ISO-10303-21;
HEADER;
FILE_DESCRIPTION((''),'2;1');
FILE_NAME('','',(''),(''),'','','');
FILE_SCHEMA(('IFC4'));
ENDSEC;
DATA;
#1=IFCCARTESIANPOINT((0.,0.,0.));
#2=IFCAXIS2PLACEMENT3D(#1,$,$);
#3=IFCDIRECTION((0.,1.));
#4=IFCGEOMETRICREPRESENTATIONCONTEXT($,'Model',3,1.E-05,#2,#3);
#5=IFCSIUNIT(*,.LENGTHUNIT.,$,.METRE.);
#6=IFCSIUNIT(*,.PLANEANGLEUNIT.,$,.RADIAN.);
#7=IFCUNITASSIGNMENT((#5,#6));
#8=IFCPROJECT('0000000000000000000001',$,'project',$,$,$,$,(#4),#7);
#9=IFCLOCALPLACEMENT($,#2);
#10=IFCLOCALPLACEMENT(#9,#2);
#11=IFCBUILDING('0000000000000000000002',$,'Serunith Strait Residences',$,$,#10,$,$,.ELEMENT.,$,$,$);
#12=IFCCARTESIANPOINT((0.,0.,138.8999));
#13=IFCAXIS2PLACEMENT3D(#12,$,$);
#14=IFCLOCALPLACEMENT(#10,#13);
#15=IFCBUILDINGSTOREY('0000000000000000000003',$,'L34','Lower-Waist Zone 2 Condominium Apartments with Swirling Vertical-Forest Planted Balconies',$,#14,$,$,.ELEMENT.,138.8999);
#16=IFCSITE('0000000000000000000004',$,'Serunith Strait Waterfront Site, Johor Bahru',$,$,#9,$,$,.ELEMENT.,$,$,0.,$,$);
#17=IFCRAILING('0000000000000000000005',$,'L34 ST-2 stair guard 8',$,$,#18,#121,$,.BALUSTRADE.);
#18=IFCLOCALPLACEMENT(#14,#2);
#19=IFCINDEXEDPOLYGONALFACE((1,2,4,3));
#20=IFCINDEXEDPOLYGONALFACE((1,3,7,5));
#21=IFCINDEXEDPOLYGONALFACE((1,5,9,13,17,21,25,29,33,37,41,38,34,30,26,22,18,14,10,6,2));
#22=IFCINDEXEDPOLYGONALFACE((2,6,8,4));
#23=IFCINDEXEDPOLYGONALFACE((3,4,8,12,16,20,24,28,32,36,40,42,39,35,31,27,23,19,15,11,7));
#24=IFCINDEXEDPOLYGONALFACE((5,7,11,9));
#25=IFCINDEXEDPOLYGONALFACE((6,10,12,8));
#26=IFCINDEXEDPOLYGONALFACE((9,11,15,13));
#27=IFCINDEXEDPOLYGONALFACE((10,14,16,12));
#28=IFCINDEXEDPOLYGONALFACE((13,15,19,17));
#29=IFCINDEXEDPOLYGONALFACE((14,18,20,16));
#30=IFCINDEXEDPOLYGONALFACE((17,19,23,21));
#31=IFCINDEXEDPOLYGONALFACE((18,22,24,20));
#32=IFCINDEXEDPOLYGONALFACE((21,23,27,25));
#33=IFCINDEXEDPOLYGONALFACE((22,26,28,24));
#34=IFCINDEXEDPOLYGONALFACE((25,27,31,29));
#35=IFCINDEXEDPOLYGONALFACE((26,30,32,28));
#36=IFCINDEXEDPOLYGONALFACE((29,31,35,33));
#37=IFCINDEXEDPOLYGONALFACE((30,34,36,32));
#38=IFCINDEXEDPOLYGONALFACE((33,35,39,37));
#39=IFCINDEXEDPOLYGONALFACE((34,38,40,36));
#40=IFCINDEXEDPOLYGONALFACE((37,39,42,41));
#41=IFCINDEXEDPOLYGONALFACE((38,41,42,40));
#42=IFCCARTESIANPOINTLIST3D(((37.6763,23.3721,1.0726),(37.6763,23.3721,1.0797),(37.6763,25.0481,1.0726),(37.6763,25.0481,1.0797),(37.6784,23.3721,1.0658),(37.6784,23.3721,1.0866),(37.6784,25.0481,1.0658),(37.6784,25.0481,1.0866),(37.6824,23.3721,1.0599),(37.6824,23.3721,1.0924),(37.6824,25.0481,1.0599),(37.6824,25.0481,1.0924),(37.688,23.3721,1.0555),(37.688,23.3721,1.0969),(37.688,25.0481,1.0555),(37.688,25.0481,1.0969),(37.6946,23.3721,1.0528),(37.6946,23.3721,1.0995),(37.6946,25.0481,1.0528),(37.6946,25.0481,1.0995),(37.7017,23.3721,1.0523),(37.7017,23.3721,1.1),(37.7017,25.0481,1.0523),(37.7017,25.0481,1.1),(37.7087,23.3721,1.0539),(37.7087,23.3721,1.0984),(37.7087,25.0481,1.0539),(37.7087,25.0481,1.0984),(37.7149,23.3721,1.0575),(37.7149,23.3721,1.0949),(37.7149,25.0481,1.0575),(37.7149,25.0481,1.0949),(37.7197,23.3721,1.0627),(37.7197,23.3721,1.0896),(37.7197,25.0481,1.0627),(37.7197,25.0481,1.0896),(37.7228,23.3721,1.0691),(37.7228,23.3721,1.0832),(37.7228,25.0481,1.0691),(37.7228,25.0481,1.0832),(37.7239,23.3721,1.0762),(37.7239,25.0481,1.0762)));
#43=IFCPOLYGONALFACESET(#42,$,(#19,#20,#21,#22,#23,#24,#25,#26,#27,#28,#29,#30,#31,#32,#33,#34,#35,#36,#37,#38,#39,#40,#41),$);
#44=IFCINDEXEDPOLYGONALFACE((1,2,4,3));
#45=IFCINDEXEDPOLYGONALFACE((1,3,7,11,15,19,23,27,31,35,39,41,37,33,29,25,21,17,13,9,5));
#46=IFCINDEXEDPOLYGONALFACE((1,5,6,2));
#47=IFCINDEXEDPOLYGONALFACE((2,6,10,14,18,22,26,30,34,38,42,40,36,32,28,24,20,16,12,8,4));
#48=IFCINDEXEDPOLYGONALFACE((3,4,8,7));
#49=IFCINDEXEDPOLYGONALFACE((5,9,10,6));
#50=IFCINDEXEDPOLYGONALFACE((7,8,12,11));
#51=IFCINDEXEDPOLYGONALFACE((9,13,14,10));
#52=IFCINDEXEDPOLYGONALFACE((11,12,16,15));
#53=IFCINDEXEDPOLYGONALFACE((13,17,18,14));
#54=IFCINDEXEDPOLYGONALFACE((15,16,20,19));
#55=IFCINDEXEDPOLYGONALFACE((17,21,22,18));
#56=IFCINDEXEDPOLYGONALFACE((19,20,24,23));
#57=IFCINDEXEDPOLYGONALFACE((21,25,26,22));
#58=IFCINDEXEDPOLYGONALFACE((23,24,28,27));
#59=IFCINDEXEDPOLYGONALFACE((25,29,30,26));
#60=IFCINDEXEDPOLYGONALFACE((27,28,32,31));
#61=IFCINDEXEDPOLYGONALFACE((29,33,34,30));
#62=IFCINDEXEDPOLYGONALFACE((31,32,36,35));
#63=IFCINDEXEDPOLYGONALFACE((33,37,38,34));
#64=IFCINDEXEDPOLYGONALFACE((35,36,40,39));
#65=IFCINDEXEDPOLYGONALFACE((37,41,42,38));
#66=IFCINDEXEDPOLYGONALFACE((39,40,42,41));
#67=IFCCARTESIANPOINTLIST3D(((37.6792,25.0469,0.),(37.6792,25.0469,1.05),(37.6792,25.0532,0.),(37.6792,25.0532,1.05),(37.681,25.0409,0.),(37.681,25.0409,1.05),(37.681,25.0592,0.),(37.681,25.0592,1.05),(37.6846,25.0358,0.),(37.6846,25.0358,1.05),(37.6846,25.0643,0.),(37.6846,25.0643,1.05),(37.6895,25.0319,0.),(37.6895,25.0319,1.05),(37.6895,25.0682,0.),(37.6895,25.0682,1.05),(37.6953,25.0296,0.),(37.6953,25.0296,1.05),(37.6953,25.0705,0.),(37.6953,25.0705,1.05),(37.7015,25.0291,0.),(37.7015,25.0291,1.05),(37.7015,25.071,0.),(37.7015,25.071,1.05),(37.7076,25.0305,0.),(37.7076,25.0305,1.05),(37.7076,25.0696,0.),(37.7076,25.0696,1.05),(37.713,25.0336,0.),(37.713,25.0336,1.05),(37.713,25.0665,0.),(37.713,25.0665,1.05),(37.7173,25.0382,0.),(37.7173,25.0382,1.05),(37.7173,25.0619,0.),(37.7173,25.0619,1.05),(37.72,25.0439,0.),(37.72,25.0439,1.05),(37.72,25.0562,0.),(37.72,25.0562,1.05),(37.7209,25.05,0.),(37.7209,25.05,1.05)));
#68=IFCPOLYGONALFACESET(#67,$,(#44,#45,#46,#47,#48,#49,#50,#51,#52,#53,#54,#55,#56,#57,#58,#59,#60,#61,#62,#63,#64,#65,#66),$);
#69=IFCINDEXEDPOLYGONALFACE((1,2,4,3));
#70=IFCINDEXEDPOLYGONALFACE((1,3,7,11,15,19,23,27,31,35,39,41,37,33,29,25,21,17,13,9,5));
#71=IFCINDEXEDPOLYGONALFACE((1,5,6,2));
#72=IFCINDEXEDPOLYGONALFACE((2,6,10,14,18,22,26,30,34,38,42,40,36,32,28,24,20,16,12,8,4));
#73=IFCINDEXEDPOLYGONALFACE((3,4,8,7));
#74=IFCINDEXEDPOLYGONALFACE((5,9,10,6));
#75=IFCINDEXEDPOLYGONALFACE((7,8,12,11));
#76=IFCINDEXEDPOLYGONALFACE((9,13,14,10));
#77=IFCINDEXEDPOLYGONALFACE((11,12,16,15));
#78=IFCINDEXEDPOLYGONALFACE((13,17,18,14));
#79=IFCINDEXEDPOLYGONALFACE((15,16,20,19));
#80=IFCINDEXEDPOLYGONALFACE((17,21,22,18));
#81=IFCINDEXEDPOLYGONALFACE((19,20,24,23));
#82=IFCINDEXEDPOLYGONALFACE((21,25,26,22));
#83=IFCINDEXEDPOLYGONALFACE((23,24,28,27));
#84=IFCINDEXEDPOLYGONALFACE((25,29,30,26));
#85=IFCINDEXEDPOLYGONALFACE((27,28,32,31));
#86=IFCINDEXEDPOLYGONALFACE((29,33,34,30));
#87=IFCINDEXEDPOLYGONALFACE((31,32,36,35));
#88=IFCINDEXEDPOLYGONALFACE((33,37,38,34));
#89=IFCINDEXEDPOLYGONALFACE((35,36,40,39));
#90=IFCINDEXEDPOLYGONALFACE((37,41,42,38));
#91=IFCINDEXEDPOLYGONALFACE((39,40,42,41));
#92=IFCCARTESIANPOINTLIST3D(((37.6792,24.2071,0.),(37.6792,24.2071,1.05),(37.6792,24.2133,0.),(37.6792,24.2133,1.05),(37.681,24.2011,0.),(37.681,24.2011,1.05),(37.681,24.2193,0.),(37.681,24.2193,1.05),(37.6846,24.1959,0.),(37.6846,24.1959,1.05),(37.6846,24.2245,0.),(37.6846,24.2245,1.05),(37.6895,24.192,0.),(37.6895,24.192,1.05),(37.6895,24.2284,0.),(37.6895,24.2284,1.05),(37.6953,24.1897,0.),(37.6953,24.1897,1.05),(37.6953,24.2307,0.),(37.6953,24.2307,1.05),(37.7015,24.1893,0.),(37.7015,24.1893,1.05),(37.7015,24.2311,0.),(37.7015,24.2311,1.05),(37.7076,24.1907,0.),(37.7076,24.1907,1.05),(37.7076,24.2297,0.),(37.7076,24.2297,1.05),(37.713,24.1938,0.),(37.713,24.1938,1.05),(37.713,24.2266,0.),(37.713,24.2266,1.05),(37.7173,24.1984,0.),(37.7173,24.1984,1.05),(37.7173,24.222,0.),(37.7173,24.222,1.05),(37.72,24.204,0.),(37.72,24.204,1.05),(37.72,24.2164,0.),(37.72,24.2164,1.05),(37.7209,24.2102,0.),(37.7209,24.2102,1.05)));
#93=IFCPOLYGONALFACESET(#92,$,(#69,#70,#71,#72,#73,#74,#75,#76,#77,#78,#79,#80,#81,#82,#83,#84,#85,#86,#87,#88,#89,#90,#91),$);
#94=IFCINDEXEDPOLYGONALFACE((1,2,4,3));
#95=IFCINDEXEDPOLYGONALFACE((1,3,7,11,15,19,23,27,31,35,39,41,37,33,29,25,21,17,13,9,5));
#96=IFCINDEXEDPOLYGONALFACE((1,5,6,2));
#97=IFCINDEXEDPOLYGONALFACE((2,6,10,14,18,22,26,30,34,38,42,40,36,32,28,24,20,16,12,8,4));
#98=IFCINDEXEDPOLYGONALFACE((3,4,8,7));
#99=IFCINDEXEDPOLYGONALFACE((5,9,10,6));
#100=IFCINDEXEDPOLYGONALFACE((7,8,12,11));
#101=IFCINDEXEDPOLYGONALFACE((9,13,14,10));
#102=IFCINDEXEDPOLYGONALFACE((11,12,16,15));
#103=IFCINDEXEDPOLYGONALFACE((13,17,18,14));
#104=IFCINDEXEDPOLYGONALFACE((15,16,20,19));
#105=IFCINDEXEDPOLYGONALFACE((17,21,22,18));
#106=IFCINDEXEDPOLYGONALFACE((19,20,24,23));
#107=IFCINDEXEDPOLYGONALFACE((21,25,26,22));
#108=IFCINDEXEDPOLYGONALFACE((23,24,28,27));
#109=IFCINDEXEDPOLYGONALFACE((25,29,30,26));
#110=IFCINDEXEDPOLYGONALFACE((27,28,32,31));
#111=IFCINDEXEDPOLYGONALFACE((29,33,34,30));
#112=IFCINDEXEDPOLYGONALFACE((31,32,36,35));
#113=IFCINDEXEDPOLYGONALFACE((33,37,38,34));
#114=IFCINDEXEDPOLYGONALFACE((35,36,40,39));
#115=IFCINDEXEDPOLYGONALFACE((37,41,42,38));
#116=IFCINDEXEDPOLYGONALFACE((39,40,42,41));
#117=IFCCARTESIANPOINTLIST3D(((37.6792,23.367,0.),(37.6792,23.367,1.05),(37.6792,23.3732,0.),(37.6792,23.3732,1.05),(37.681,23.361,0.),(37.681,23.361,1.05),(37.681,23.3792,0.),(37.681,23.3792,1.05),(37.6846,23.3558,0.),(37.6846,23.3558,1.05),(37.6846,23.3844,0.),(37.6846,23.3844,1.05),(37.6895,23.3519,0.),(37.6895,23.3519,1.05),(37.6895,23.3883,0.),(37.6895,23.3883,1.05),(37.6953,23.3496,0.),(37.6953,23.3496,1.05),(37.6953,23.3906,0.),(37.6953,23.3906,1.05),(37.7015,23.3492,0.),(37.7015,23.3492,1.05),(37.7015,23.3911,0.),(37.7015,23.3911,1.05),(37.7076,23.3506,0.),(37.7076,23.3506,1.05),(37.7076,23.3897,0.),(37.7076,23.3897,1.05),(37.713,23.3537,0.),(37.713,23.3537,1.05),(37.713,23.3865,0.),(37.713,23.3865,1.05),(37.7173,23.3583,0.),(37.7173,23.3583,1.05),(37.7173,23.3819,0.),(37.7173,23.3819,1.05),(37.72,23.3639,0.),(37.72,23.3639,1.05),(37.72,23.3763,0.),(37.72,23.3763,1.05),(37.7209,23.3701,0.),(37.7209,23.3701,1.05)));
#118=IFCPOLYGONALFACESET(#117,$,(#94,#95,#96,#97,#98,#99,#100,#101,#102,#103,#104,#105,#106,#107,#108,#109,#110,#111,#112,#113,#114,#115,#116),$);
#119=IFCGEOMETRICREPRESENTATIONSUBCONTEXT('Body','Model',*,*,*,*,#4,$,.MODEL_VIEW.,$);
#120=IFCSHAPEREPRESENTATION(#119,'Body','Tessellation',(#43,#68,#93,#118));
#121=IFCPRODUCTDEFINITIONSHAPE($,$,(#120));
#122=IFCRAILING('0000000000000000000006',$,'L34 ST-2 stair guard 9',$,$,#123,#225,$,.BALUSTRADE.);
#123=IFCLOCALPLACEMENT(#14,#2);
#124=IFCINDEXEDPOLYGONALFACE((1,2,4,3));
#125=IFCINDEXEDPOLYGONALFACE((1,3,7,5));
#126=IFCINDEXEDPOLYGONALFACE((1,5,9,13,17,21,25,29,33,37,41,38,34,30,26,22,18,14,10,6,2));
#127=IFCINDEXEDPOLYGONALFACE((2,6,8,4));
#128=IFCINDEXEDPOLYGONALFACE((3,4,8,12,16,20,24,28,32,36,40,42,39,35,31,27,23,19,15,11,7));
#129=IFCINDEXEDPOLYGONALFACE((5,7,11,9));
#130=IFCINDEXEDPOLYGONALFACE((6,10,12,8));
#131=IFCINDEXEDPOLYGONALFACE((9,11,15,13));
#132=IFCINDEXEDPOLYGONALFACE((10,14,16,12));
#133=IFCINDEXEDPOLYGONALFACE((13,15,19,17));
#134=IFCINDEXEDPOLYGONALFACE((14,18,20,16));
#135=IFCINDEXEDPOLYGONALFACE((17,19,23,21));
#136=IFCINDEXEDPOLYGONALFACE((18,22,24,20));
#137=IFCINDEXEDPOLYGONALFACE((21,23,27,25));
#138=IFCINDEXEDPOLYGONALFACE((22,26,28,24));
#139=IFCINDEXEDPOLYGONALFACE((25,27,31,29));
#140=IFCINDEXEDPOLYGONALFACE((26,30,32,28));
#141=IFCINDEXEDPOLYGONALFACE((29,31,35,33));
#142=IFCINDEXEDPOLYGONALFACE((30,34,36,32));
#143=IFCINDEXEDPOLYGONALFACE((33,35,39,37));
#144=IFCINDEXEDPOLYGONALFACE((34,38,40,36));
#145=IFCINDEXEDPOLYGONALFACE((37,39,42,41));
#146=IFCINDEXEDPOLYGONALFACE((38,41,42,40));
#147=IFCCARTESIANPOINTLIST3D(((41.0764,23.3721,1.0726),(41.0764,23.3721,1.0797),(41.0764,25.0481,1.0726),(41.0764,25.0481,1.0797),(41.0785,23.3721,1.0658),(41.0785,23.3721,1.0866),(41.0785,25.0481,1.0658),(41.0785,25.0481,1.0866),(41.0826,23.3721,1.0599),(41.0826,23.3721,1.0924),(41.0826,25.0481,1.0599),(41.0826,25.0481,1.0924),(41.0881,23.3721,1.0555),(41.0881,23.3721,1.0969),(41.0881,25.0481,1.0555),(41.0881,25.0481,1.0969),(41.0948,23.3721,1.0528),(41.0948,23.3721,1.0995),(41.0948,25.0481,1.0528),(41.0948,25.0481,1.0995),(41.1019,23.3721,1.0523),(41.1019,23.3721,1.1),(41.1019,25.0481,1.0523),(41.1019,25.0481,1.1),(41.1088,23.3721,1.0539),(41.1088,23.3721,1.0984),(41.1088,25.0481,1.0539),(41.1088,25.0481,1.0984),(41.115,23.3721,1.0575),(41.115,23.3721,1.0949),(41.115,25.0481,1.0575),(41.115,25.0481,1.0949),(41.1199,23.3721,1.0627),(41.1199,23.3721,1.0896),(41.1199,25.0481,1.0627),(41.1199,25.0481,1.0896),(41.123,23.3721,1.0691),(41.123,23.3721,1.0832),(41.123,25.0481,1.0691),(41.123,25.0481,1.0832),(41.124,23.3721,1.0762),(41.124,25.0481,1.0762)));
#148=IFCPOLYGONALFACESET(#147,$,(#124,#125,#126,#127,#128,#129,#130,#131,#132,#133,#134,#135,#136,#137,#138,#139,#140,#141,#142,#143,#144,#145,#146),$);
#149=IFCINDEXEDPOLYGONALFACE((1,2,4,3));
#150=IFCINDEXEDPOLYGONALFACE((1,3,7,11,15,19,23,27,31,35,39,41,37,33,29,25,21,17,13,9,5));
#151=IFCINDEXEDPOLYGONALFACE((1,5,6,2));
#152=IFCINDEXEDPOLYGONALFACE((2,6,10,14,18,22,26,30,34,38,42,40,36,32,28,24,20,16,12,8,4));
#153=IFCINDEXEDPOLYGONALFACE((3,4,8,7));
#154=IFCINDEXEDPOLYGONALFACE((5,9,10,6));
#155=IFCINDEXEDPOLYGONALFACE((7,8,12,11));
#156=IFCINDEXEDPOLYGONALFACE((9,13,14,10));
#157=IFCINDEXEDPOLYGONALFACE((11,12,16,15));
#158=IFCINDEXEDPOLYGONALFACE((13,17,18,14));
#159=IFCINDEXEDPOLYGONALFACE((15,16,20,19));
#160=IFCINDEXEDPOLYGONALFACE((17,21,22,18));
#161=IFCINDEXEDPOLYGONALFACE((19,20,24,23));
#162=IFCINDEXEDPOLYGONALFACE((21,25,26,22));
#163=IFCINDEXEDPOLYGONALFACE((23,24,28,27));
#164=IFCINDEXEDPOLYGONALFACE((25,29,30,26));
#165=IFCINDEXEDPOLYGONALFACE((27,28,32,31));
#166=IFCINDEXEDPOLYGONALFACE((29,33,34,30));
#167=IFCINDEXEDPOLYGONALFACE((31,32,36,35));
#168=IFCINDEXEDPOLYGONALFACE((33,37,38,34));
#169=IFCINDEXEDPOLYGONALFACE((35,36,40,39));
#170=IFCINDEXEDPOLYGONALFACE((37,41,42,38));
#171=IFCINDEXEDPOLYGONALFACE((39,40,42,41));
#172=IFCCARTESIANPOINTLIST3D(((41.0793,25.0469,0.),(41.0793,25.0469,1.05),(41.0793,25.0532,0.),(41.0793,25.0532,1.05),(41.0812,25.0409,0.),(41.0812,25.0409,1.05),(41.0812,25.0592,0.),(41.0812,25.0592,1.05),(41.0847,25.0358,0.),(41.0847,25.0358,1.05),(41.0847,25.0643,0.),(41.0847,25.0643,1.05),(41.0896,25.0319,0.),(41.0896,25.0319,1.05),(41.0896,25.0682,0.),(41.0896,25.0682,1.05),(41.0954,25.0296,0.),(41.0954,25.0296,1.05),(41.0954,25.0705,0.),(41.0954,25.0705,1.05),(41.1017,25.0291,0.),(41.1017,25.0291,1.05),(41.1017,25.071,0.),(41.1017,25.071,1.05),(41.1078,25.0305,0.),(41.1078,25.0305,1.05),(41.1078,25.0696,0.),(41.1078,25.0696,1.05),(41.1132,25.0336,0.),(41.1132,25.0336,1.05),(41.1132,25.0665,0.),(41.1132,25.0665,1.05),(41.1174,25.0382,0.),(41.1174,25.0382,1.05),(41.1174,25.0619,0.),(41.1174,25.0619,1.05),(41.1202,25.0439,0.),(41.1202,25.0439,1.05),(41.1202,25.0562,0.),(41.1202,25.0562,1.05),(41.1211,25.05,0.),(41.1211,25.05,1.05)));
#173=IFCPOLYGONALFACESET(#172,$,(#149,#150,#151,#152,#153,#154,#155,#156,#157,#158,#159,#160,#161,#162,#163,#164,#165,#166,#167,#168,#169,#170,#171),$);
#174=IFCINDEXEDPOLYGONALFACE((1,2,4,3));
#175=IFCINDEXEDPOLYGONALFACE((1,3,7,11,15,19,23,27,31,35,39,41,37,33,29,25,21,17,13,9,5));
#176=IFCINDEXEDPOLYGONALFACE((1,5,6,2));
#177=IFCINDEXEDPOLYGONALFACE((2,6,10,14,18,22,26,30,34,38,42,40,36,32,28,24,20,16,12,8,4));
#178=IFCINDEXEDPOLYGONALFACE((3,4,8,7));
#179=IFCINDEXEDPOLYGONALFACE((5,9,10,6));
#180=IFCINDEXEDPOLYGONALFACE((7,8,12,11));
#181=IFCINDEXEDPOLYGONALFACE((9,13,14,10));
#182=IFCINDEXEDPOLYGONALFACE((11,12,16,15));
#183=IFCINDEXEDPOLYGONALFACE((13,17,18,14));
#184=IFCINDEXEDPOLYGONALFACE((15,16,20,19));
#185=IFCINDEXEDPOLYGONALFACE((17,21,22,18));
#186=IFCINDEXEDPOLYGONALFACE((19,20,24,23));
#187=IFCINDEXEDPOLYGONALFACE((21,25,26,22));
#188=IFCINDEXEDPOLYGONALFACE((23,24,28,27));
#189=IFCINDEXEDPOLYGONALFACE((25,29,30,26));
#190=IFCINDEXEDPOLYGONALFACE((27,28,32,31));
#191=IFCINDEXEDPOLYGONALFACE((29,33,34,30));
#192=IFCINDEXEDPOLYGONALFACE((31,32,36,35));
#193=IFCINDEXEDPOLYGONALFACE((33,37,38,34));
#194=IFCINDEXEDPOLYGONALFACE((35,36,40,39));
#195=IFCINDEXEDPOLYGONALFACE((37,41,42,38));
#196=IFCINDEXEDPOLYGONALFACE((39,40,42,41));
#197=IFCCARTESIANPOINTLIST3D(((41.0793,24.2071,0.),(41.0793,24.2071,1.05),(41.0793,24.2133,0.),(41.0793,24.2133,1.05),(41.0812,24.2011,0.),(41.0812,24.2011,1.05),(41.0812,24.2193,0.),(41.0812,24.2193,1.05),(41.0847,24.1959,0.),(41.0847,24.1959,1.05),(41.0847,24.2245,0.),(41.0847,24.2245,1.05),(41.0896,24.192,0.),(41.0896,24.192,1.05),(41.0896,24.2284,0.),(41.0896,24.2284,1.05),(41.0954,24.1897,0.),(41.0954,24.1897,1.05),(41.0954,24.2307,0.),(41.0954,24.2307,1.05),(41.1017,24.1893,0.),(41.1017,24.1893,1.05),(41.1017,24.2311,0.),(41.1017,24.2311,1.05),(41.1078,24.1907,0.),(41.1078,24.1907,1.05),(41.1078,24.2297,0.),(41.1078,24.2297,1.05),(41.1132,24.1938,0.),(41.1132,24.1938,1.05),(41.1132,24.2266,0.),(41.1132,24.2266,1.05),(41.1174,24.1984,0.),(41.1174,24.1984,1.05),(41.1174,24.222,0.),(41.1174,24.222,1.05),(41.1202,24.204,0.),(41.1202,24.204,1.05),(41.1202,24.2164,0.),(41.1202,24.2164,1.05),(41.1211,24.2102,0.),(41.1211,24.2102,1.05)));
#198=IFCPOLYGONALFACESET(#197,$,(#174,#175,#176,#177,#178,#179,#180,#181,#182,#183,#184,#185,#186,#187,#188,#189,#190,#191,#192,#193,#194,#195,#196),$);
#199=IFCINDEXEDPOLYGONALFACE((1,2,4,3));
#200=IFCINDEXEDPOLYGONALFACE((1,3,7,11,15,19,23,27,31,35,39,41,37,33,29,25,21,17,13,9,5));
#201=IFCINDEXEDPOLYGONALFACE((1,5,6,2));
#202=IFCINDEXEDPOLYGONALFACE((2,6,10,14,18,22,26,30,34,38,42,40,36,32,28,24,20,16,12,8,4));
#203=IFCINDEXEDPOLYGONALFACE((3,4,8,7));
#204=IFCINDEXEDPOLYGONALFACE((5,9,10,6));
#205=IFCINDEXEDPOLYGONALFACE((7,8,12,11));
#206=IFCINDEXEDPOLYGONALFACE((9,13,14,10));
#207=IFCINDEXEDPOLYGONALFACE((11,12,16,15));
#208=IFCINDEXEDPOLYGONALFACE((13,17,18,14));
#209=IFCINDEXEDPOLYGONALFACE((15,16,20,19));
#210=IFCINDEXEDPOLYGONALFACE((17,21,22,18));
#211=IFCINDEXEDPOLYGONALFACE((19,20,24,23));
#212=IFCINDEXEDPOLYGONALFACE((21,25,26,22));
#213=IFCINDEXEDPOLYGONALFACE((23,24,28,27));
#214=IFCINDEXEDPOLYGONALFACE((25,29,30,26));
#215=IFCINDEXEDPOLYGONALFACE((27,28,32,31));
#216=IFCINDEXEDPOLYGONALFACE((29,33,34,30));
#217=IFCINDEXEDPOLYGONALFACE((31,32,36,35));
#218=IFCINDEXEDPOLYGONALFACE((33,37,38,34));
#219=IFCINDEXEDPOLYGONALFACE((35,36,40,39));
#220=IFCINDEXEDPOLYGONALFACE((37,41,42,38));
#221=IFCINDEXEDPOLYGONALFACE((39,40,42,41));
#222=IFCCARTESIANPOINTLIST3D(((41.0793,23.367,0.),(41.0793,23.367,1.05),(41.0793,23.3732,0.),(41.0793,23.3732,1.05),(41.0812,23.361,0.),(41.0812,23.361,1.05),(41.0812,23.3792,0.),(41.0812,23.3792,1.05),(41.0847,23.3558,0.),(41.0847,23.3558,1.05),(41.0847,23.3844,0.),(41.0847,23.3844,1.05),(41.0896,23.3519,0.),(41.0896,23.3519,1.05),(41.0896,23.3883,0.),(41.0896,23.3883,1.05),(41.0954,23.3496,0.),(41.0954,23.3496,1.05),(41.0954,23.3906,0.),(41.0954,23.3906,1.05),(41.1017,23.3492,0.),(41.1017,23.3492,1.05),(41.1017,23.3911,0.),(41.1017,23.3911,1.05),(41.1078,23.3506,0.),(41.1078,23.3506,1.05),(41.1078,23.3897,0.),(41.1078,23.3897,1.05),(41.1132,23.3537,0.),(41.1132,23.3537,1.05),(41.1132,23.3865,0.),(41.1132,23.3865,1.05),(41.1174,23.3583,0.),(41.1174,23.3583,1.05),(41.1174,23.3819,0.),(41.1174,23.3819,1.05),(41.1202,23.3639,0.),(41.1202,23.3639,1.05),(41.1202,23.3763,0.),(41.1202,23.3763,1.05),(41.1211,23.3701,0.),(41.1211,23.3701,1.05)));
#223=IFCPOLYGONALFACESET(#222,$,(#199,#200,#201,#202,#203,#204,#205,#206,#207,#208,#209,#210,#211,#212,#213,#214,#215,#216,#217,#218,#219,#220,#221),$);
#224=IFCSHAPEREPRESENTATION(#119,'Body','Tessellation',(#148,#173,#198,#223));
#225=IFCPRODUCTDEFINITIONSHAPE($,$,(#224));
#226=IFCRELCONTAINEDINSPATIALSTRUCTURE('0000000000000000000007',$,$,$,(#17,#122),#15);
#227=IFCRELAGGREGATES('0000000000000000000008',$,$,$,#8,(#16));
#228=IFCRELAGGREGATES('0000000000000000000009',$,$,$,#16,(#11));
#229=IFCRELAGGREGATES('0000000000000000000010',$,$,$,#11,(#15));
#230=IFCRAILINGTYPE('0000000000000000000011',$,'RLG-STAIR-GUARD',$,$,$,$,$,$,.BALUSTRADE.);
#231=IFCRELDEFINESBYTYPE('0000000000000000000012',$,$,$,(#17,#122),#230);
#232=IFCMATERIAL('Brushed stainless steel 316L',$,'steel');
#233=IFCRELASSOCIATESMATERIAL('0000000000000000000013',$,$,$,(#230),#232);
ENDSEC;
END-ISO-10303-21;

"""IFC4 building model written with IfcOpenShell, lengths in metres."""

from ifc_helpers import new_model, si_unit, direction, frame, origin, origin_2d, place, context, subcontext, project, spatial, circle, extrude, material, type_object, element, save


model = new_model("IFC4")

# Units and contexts
model_context = context("Model", 3, precision=1e-05, world=origin(), true_north=direction((0.0, 1.0)))
body_context = subcontext(model_context, "Body", "Model", "MODEL_VIEW")
ifc_project = project(units=[si_unit("LENGTHUNIT", "METRE"), si_unit("PLANEANGLEUNIT", "RADIAN")], contexts=[model_context])

# Site, building, storey
site_placement = place(None, origin())
site = spatial("IfcSite", under=ifc_project, at=site_placement, Name="Serunith Strait Waterfront Site, Johor Bahru", CompositionType="ELEMENT", RefElevation=0.0)
building_placement = place(site_placement, origin())
building = spatial("IfcBuilding", under=site, at=building_placement, Name="Serunith Strait Residences", CompositionType="ELEMENT")
storey_placement = place(building_placement, frame((0.0, 0.0, 138.8999)))
storey = spatial("IfcBuildingStorey", under=building, at=storey_placement, Name="L34", Description="Lower-Waist Zone 2 Condominium Apartments with Swirling Vertical-Forest Planted Balconies", CompositionType="ELEMENT", Elevation=138.8999)

# Railings
ifc_material_1 = material(Name="Brushed stainless steel 316L", Category="steel")
railing_type = type_object("IfcRailingType", Name="RLG-STAIR-GUARD", PredefinedType="BALUSTRADE", material=ifc_material_1)
for number, where, name in (
    (1, (37.7, 25.05, 0.0), "L34 ST-2 stair guard 8"),
    (2, (41.1001, 25.05, 0.0), "L34 ST-2 stair guard 9"),
):
    element("IfcRailing", number, at=place(storey_placement, frame(where)), inside=storey, type_object=railing_type, Name=name, PredefinedType="BALUSTRADE", context=body_context, shape_type="SweptSolid", body=[
        extrude(circle(Radius=0.0239, at=origin_2d()), frame((0.0, -0.002, 1.0762), z_axis=(0.0, -1.0, 0.0), x_axis=(1.0, 0.0, 0.0)), (0.0, 0.0, 1.0), 1.676),
        extrude(circle(Radius=0.021, at=origin_2d()), origin(), (0.0, 0.0, 1.0), 1.05),
        extrude(circle(Radius=0.021, at=origin_2d()), frame((0.0, -0.8398, 0.0)), (0.0, 0.0, 1.0), 1.05),
        extrude(circle(Radius=0.021, at=origin_2d()), frame((0.0, -1.6799, 0.0)), (0.0, 0.0, 1.0), 1.05),
    ])

save(model, "model.ifc")
